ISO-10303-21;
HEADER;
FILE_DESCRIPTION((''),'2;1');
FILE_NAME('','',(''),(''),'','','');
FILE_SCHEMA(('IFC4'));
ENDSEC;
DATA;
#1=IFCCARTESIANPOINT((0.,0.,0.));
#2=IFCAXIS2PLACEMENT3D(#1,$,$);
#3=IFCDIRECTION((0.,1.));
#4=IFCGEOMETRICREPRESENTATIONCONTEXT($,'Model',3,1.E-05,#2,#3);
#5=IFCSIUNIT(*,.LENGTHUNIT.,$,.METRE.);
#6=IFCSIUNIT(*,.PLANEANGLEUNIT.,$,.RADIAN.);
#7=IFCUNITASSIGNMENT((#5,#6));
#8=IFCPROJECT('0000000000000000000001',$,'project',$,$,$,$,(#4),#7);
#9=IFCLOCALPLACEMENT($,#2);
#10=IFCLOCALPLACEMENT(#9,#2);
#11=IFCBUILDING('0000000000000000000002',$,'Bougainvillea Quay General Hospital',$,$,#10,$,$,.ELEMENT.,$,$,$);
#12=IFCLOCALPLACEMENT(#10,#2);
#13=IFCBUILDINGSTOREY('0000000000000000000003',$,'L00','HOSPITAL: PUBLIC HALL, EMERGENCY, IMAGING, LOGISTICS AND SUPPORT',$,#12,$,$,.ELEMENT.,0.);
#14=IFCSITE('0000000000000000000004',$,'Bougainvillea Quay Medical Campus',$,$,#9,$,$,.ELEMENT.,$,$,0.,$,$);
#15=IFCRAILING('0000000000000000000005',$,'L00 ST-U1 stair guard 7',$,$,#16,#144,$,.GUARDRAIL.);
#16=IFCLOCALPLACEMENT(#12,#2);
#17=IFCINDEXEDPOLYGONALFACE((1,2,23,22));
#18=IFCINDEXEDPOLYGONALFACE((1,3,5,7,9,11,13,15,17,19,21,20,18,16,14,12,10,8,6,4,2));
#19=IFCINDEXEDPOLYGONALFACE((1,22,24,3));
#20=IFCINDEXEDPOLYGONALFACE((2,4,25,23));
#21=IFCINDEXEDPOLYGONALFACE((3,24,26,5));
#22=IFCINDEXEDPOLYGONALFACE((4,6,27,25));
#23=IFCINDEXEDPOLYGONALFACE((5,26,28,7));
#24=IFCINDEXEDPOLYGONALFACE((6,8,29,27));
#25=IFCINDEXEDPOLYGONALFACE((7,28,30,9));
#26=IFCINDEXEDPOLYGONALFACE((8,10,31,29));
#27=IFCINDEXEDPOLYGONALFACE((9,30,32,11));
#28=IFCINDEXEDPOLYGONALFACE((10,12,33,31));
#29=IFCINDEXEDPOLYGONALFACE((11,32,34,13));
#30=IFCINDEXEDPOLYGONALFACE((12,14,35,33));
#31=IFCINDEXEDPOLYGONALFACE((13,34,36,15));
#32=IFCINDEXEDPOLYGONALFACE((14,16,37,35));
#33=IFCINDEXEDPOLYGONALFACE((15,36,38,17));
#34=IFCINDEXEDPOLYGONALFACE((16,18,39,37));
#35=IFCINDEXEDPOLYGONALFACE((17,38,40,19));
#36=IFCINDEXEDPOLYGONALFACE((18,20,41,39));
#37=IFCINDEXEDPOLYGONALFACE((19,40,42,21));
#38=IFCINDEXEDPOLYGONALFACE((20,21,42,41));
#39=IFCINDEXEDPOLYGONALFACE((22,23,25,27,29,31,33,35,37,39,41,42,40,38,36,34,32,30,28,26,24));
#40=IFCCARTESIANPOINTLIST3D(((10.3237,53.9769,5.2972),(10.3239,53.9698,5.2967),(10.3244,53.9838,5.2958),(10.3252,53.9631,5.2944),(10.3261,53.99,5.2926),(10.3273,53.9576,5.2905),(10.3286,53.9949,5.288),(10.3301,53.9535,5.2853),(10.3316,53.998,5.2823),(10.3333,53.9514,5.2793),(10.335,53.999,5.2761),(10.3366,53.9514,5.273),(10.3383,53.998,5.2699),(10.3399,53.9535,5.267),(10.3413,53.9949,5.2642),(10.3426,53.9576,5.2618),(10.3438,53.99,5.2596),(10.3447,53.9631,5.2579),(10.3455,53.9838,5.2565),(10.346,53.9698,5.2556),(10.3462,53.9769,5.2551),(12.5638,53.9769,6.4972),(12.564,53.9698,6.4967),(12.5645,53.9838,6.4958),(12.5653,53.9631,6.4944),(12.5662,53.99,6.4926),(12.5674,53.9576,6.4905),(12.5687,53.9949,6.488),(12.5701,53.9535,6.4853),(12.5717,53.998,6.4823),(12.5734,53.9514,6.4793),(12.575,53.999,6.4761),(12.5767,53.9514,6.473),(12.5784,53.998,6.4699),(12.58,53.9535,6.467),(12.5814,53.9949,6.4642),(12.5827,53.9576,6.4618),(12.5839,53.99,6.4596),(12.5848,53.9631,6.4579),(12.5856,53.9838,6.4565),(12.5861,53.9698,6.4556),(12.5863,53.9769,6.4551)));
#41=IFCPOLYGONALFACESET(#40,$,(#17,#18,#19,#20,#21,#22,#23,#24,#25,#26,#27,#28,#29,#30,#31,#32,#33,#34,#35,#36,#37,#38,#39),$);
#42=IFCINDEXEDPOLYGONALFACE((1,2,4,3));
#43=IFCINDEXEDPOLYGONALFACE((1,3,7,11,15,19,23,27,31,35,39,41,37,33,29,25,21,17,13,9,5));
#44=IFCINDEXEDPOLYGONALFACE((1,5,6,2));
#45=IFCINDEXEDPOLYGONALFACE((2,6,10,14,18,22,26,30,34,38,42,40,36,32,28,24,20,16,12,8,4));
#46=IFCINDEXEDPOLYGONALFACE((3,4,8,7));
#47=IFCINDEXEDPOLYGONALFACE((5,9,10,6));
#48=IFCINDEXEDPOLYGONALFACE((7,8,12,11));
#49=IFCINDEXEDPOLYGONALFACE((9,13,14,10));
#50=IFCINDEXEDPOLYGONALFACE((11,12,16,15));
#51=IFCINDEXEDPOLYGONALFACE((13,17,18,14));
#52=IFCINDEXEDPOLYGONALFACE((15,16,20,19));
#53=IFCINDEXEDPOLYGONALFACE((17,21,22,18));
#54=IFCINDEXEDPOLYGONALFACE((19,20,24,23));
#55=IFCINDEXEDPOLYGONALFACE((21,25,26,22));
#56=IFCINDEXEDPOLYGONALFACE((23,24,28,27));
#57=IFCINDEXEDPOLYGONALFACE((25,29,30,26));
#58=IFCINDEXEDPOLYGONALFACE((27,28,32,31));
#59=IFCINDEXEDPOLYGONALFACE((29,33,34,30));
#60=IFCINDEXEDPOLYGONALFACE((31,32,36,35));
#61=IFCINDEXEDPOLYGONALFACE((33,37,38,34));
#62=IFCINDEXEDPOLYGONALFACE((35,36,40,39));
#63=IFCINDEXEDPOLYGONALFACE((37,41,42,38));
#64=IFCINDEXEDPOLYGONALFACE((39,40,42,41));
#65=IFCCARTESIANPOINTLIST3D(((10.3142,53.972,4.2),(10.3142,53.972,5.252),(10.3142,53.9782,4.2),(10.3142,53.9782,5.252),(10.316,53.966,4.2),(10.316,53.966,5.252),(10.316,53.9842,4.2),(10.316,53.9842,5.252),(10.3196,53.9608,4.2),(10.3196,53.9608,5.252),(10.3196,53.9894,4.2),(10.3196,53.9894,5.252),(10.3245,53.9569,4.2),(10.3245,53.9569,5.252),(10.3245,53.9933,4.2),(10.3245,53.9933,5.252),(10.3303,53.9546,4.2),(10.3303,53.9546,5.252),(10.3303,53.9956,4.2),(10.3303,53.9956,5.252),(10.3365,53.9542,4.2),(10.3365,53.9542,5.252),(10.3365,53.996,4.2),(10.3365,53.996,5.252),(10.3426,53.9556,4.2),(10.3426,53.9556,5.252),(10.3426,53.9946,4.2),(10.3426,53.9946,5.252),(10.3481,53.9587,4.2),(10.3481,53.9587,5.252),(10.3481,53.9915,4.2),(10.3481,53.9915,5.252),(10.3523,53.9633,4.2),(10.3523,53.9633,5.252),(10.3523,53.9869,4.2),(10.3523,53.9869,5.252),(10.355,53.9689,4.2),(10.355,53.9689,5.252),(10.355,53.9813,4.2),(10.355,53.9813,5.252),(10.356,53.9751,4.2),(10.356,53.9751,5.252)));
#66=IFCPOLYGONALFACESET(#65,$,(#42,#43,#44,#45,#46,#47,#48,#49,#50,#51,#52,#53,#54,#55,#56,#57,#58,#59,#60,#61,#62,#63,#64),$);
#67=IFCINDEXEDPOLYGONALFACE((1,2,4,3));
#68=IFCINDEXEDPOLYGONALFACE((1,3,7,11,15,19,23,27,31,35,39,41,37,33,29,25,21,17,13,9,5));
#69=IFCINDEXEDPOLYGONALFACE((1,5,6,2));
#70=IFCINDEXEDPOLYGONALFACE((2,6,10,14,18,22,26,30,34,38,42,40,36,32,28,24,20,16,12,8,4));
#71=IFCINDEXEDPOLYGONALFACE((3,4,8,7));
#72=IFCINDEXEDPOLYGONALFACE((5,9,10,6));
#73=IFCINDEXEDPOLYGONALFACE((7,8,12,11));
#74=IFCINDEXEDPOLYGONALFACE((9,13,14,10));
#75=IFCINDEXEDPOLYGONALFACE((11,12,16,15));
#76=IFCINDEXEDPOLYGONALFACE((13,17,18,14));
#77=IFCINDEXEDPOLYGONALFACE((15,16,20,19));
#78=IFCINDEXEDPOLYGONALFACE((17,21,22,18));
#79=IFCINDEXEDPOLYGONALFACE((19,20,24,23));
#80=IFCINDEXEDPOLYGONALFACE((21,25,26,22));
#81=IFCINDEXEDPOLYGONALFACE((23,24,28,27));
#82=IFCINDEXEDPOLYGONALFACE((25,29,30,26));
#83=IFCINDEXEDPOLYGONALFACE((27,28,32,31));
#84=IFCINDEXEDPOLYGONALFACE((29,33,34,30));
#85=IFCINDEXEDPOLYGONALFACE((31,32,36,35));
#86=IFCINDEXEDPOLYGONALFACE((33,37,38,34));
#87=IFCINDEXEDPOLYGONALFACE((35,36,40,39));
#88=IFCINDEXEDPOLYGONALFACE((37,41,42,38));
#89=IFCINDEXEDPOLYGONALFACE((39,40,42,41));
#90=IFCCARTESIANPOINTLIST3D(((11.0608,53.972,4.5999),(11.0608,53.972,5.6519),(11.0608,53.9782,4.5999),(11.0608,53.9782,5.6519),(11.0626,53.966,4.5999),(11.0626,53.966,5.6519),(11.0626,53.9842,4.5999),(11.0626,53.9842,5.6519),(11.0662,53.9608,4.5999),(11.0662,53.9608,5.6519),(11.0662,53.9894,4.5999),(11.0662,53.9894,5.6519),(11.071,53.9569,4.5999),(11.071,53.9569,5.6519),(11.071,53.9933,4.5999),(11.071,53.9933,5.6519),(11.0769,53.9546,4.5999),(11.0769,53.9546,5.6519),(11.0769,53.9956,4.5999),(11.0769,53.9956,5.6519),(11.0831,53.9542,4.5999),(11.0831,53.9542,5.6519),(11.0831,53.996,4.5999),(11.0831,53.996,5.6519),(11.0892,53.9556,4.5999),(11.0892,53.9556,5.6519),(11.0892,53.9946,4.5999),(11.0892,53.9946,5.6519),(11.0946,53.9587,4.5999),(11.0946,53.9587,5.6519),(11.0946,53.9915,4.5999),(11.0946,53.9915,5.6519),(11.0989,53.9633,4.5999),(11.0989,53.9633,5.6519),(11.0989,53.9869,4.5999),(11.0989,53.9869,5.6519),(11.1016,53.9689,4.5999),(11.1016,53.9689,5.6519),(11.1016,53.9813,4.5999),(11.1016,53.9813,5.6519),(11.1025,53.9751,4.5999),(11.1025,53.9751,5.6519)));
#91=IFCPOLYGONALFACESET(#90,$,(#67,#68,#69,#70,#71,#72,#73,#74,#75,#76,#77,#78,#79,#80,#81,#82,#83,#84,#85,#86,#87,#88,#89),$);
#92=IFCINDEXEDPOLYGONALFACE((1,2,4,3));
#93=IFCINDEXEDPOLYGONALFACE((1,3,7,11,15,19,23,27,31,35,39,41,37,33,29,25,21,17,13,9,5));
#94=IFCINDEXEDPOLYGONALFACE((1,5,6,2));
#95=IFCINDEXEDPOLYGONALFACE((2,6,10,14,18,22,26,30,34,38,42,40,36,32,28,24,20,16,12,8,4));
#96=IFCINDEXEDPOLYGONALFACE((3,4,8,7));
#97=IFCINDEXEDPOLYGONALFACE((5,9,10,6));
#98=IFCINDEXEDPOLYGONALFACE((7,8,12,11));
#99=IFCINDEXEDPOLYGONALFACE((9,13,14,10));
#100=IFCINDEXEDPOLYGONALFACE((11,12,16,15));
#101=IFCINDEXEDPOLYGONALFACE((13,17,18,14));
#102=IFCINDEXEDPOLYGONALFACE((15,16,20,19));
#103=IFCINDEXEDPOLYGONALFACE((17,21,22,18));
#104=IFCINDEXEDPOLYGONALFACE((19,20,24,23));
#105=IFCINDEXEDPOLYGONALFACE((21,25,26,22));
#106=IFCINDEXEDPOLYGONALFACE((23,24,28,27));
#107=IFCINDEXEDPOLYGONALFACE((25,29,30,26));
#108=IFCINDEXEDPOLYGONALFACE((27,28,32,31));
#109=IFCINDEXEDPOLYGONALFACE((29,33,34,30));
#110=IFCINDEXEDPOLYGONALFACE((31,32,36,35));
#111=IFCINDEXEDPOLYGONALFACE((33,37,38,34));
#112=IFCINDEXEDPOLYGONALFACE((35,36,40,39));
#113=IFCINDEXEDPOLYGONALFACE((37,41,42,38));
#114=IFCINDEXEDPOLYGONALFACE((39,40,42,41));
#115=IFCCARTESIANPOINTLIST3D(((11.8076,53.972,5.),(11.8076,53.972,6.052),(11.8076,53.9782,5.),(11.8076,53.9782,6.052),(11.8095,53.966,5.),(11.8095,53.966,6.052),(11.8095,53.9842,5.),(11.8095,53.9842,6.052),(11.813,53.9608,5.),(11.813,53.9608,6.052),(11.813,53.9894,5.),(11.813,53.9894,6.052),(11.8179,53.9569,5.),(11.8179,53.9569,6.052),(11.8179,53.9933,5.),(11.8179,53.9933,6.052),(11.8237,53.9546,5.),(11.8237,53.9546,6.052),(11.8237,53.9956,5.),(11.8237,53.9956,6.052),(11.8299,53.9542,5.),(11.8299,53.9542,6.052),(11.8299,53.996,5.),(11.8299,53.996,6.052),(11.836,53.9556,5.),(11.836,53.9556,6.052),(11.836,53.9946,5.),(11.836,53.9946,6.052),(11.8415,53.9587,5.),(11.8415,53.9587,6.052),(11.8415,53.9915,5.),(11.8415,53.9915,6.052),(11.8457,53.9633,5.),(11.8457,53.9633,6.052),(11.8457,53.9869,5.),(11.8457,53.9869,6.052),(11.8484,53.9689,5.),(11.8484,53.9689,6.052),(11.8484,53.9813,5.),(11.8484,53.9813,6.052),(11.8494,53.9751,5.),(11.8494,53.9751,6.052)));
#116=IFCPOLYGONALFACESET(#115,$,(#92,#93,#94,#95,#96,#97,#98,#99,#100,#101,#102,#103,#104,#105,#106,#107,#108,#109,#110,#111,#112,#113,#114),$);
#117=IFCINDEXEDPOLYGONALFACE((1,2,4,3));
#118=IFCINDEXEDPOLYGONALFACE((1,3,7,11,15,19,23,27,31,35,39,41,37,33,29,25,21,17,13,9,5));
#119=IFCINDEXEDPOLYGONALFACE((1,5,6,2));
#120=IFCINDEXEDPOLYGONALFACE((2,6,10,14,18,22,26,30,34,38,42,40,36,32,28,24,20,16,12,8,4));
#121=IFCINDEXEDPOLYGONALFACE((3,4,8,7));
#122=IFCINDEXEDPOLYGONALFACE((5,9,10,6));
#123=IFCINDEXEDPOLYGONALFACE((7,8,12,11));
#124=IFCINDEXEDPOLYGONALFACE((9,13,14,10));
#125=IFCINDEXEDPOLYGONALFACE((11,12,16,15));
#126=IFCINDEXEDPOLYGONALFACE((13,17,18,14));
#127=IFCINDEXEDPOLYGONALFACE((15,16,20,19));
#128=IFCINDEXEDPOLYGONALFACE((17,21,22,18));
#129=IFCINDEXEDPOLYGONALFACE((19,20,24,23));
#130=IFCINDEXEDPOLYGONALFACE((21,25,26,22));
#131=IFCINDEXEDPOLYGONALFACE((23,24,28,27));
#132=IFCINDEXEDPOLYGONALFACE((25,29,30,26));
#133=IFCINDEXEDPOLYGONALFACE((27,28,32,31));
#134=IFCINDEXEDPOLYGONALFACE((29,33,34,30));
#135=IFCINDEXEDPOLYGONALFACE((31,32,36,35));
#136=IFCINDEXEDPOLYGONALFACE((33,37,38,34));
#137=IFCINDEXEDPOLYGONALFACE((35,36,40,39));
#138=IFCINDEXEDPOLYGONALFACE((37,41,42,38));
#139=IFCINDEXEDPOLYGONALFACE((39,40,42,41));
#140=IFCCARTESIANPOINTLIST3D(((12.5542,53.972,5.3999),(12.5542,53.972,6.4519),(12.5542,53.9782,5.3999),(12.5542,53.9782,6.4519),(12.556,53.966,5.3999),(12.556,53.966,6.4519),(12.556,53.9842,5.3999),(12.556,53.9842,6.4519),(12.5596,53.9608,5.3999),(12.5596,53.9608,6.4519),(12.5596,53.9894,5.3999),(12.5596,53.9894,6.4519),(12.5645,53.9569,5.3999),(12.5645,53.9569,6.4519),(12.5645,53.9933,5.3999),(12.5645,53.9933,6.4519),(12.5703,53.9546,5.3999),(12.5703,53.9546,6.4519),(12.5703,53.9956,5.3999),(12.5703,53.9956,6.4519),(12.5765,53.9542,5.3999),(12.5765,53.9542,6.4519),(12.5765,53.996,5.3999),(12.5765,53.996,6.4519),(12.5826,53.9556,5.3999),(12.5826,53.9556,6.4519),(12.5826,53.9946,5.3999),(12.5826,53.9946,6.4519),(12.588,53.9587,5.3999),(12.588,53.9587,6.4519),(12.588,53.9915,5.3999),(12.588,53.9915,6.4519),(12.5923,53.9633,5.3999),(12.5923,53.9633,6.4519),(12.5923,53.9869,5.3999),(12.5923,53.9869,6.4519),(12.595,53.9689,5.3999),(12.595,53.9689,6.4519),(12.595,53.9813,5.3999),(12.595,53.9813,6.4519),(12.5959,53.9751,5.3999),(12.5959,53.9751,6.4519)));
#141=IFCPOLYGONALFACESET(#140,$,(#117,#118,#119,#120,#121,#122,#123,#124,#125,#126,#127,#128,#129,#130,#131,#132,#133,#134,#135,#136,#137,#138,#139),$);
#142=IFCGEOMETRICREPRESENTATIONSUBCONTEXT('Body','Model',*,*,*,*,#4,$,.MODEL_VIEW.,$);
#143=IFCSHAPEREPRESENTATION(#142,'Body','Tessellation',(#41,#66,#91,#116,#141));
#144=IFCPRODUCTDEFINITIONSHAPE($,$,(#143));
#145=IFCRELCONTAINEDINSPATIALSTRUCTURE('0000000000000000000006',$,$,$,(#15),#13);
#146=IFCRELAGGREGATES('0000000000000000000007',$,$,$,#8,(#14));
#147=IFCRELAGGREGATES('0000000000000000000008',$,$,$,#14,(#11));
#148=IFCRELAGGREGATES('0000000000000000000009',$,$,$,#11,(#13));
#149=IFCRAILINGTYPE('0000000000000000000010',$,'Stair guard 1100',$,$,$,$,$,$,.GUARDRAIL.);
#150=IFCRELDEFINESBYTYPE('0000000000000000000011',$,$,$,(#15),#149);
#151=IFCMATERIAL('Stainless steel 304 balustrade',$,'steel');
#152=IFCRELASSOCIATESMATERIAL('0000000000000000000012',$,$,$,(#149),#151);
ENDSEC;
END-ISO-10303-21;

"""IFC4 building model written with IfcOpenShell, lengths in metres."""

from ifc_helpers import new_model, si_unit, direction, frame, origin, origin_2d, place, context, subcontext, project, spatial, circle, extrude, material, type_object, element, save


model = new_model("IFC4")

# Units and contexts
model_context = context("Model", 3, precision=1e-05, world=origin(), true_north=direction((0.0, 1.0)))
body_context = subcontext(model_context, "Body", "Model", "MODEL_VIEW")
ifc_project = project(units=[si_unit("LENGTHUNIT", "METRE"), si_unit("PLANEANGLEUNIT", "RADIAN")], contexts=[model_context])

# Site, building, storey
site_placement = place(None, origin())
site = spatial("IfcSite", under=ifc_project, at=site_placement, Name="Bougainvillea Quay Medical Campus", CompositionType="ELEMENT", RefElevation=0.0)
building_placement = place(site_placement, origin())
building = spatial("IfcBuilding", under=site, at=building_placement, Name="Bougainvillea Quay General Hospital", CompositionType="ELEMENT")
storey_placement = place(building_placement, origin())
storey = spatial("IfcBuildingStorey", under=building, at=storey_placement, Name="L00", Description="HOSPITAL: PUBLIC HALL, EMERGENCY, IMAGING, LOGISTICS AND SUPPORT", CompositionType="ELEMENT", Elevation=0.0)

# Railing
ifc_material_1 = material(Name="Stainless steel 304 balustrade", Category="steel")
railing_type_1 = type_object("IfcRailingType", Name="Stair guard 1100", PredefinedType="GUARDRAIL", material=ifc_material_1)
railing_1_placement = place(storey_placement, frame((10.335, 53.9751, 4.2)))
element("IfcRailing", 1, at=railing_1_placement, inside=storey, type_object=railing_type_1, Name="L00 ST-U1 stair guard 7", PredefinedType="GUARDRAIL", context=body_context, shape_type="SweptSolid", body=[
    extrude(circle(Radius=0.0239, at=origin_2d()), frame((0.0, 0.0, 1.0762), z_axis=(0.881487, 0.0, 0.472208), x_axis=(0.0, 1.0, 0.0)), (0.0, 0.0, 1.0), 2.5413),
    extrude(circle(Radius=0.021, at=origin_2d()), origin(), (0.0, 0.0, 1.0), 1.052),
    extrude(circle(Radius=0.021, at=origin_2d()), frame((0.7466, 0.0, 0.3999)), (0.0, 0.0, 1.0), 1.052),
    extrude(circle(Radius=0.021, at=origin_2d()), frame((1.4934, 0.0, 0.8)), (0.0, 0.0, 1.0), 1.052),
    extrude(circle(Radius=0.021, at=origin_2d()), frame((2.24, 0.0, 1.2)), (0.0, 0.0, 1.0), 1.052),
])

save(model, "model.ifc")
